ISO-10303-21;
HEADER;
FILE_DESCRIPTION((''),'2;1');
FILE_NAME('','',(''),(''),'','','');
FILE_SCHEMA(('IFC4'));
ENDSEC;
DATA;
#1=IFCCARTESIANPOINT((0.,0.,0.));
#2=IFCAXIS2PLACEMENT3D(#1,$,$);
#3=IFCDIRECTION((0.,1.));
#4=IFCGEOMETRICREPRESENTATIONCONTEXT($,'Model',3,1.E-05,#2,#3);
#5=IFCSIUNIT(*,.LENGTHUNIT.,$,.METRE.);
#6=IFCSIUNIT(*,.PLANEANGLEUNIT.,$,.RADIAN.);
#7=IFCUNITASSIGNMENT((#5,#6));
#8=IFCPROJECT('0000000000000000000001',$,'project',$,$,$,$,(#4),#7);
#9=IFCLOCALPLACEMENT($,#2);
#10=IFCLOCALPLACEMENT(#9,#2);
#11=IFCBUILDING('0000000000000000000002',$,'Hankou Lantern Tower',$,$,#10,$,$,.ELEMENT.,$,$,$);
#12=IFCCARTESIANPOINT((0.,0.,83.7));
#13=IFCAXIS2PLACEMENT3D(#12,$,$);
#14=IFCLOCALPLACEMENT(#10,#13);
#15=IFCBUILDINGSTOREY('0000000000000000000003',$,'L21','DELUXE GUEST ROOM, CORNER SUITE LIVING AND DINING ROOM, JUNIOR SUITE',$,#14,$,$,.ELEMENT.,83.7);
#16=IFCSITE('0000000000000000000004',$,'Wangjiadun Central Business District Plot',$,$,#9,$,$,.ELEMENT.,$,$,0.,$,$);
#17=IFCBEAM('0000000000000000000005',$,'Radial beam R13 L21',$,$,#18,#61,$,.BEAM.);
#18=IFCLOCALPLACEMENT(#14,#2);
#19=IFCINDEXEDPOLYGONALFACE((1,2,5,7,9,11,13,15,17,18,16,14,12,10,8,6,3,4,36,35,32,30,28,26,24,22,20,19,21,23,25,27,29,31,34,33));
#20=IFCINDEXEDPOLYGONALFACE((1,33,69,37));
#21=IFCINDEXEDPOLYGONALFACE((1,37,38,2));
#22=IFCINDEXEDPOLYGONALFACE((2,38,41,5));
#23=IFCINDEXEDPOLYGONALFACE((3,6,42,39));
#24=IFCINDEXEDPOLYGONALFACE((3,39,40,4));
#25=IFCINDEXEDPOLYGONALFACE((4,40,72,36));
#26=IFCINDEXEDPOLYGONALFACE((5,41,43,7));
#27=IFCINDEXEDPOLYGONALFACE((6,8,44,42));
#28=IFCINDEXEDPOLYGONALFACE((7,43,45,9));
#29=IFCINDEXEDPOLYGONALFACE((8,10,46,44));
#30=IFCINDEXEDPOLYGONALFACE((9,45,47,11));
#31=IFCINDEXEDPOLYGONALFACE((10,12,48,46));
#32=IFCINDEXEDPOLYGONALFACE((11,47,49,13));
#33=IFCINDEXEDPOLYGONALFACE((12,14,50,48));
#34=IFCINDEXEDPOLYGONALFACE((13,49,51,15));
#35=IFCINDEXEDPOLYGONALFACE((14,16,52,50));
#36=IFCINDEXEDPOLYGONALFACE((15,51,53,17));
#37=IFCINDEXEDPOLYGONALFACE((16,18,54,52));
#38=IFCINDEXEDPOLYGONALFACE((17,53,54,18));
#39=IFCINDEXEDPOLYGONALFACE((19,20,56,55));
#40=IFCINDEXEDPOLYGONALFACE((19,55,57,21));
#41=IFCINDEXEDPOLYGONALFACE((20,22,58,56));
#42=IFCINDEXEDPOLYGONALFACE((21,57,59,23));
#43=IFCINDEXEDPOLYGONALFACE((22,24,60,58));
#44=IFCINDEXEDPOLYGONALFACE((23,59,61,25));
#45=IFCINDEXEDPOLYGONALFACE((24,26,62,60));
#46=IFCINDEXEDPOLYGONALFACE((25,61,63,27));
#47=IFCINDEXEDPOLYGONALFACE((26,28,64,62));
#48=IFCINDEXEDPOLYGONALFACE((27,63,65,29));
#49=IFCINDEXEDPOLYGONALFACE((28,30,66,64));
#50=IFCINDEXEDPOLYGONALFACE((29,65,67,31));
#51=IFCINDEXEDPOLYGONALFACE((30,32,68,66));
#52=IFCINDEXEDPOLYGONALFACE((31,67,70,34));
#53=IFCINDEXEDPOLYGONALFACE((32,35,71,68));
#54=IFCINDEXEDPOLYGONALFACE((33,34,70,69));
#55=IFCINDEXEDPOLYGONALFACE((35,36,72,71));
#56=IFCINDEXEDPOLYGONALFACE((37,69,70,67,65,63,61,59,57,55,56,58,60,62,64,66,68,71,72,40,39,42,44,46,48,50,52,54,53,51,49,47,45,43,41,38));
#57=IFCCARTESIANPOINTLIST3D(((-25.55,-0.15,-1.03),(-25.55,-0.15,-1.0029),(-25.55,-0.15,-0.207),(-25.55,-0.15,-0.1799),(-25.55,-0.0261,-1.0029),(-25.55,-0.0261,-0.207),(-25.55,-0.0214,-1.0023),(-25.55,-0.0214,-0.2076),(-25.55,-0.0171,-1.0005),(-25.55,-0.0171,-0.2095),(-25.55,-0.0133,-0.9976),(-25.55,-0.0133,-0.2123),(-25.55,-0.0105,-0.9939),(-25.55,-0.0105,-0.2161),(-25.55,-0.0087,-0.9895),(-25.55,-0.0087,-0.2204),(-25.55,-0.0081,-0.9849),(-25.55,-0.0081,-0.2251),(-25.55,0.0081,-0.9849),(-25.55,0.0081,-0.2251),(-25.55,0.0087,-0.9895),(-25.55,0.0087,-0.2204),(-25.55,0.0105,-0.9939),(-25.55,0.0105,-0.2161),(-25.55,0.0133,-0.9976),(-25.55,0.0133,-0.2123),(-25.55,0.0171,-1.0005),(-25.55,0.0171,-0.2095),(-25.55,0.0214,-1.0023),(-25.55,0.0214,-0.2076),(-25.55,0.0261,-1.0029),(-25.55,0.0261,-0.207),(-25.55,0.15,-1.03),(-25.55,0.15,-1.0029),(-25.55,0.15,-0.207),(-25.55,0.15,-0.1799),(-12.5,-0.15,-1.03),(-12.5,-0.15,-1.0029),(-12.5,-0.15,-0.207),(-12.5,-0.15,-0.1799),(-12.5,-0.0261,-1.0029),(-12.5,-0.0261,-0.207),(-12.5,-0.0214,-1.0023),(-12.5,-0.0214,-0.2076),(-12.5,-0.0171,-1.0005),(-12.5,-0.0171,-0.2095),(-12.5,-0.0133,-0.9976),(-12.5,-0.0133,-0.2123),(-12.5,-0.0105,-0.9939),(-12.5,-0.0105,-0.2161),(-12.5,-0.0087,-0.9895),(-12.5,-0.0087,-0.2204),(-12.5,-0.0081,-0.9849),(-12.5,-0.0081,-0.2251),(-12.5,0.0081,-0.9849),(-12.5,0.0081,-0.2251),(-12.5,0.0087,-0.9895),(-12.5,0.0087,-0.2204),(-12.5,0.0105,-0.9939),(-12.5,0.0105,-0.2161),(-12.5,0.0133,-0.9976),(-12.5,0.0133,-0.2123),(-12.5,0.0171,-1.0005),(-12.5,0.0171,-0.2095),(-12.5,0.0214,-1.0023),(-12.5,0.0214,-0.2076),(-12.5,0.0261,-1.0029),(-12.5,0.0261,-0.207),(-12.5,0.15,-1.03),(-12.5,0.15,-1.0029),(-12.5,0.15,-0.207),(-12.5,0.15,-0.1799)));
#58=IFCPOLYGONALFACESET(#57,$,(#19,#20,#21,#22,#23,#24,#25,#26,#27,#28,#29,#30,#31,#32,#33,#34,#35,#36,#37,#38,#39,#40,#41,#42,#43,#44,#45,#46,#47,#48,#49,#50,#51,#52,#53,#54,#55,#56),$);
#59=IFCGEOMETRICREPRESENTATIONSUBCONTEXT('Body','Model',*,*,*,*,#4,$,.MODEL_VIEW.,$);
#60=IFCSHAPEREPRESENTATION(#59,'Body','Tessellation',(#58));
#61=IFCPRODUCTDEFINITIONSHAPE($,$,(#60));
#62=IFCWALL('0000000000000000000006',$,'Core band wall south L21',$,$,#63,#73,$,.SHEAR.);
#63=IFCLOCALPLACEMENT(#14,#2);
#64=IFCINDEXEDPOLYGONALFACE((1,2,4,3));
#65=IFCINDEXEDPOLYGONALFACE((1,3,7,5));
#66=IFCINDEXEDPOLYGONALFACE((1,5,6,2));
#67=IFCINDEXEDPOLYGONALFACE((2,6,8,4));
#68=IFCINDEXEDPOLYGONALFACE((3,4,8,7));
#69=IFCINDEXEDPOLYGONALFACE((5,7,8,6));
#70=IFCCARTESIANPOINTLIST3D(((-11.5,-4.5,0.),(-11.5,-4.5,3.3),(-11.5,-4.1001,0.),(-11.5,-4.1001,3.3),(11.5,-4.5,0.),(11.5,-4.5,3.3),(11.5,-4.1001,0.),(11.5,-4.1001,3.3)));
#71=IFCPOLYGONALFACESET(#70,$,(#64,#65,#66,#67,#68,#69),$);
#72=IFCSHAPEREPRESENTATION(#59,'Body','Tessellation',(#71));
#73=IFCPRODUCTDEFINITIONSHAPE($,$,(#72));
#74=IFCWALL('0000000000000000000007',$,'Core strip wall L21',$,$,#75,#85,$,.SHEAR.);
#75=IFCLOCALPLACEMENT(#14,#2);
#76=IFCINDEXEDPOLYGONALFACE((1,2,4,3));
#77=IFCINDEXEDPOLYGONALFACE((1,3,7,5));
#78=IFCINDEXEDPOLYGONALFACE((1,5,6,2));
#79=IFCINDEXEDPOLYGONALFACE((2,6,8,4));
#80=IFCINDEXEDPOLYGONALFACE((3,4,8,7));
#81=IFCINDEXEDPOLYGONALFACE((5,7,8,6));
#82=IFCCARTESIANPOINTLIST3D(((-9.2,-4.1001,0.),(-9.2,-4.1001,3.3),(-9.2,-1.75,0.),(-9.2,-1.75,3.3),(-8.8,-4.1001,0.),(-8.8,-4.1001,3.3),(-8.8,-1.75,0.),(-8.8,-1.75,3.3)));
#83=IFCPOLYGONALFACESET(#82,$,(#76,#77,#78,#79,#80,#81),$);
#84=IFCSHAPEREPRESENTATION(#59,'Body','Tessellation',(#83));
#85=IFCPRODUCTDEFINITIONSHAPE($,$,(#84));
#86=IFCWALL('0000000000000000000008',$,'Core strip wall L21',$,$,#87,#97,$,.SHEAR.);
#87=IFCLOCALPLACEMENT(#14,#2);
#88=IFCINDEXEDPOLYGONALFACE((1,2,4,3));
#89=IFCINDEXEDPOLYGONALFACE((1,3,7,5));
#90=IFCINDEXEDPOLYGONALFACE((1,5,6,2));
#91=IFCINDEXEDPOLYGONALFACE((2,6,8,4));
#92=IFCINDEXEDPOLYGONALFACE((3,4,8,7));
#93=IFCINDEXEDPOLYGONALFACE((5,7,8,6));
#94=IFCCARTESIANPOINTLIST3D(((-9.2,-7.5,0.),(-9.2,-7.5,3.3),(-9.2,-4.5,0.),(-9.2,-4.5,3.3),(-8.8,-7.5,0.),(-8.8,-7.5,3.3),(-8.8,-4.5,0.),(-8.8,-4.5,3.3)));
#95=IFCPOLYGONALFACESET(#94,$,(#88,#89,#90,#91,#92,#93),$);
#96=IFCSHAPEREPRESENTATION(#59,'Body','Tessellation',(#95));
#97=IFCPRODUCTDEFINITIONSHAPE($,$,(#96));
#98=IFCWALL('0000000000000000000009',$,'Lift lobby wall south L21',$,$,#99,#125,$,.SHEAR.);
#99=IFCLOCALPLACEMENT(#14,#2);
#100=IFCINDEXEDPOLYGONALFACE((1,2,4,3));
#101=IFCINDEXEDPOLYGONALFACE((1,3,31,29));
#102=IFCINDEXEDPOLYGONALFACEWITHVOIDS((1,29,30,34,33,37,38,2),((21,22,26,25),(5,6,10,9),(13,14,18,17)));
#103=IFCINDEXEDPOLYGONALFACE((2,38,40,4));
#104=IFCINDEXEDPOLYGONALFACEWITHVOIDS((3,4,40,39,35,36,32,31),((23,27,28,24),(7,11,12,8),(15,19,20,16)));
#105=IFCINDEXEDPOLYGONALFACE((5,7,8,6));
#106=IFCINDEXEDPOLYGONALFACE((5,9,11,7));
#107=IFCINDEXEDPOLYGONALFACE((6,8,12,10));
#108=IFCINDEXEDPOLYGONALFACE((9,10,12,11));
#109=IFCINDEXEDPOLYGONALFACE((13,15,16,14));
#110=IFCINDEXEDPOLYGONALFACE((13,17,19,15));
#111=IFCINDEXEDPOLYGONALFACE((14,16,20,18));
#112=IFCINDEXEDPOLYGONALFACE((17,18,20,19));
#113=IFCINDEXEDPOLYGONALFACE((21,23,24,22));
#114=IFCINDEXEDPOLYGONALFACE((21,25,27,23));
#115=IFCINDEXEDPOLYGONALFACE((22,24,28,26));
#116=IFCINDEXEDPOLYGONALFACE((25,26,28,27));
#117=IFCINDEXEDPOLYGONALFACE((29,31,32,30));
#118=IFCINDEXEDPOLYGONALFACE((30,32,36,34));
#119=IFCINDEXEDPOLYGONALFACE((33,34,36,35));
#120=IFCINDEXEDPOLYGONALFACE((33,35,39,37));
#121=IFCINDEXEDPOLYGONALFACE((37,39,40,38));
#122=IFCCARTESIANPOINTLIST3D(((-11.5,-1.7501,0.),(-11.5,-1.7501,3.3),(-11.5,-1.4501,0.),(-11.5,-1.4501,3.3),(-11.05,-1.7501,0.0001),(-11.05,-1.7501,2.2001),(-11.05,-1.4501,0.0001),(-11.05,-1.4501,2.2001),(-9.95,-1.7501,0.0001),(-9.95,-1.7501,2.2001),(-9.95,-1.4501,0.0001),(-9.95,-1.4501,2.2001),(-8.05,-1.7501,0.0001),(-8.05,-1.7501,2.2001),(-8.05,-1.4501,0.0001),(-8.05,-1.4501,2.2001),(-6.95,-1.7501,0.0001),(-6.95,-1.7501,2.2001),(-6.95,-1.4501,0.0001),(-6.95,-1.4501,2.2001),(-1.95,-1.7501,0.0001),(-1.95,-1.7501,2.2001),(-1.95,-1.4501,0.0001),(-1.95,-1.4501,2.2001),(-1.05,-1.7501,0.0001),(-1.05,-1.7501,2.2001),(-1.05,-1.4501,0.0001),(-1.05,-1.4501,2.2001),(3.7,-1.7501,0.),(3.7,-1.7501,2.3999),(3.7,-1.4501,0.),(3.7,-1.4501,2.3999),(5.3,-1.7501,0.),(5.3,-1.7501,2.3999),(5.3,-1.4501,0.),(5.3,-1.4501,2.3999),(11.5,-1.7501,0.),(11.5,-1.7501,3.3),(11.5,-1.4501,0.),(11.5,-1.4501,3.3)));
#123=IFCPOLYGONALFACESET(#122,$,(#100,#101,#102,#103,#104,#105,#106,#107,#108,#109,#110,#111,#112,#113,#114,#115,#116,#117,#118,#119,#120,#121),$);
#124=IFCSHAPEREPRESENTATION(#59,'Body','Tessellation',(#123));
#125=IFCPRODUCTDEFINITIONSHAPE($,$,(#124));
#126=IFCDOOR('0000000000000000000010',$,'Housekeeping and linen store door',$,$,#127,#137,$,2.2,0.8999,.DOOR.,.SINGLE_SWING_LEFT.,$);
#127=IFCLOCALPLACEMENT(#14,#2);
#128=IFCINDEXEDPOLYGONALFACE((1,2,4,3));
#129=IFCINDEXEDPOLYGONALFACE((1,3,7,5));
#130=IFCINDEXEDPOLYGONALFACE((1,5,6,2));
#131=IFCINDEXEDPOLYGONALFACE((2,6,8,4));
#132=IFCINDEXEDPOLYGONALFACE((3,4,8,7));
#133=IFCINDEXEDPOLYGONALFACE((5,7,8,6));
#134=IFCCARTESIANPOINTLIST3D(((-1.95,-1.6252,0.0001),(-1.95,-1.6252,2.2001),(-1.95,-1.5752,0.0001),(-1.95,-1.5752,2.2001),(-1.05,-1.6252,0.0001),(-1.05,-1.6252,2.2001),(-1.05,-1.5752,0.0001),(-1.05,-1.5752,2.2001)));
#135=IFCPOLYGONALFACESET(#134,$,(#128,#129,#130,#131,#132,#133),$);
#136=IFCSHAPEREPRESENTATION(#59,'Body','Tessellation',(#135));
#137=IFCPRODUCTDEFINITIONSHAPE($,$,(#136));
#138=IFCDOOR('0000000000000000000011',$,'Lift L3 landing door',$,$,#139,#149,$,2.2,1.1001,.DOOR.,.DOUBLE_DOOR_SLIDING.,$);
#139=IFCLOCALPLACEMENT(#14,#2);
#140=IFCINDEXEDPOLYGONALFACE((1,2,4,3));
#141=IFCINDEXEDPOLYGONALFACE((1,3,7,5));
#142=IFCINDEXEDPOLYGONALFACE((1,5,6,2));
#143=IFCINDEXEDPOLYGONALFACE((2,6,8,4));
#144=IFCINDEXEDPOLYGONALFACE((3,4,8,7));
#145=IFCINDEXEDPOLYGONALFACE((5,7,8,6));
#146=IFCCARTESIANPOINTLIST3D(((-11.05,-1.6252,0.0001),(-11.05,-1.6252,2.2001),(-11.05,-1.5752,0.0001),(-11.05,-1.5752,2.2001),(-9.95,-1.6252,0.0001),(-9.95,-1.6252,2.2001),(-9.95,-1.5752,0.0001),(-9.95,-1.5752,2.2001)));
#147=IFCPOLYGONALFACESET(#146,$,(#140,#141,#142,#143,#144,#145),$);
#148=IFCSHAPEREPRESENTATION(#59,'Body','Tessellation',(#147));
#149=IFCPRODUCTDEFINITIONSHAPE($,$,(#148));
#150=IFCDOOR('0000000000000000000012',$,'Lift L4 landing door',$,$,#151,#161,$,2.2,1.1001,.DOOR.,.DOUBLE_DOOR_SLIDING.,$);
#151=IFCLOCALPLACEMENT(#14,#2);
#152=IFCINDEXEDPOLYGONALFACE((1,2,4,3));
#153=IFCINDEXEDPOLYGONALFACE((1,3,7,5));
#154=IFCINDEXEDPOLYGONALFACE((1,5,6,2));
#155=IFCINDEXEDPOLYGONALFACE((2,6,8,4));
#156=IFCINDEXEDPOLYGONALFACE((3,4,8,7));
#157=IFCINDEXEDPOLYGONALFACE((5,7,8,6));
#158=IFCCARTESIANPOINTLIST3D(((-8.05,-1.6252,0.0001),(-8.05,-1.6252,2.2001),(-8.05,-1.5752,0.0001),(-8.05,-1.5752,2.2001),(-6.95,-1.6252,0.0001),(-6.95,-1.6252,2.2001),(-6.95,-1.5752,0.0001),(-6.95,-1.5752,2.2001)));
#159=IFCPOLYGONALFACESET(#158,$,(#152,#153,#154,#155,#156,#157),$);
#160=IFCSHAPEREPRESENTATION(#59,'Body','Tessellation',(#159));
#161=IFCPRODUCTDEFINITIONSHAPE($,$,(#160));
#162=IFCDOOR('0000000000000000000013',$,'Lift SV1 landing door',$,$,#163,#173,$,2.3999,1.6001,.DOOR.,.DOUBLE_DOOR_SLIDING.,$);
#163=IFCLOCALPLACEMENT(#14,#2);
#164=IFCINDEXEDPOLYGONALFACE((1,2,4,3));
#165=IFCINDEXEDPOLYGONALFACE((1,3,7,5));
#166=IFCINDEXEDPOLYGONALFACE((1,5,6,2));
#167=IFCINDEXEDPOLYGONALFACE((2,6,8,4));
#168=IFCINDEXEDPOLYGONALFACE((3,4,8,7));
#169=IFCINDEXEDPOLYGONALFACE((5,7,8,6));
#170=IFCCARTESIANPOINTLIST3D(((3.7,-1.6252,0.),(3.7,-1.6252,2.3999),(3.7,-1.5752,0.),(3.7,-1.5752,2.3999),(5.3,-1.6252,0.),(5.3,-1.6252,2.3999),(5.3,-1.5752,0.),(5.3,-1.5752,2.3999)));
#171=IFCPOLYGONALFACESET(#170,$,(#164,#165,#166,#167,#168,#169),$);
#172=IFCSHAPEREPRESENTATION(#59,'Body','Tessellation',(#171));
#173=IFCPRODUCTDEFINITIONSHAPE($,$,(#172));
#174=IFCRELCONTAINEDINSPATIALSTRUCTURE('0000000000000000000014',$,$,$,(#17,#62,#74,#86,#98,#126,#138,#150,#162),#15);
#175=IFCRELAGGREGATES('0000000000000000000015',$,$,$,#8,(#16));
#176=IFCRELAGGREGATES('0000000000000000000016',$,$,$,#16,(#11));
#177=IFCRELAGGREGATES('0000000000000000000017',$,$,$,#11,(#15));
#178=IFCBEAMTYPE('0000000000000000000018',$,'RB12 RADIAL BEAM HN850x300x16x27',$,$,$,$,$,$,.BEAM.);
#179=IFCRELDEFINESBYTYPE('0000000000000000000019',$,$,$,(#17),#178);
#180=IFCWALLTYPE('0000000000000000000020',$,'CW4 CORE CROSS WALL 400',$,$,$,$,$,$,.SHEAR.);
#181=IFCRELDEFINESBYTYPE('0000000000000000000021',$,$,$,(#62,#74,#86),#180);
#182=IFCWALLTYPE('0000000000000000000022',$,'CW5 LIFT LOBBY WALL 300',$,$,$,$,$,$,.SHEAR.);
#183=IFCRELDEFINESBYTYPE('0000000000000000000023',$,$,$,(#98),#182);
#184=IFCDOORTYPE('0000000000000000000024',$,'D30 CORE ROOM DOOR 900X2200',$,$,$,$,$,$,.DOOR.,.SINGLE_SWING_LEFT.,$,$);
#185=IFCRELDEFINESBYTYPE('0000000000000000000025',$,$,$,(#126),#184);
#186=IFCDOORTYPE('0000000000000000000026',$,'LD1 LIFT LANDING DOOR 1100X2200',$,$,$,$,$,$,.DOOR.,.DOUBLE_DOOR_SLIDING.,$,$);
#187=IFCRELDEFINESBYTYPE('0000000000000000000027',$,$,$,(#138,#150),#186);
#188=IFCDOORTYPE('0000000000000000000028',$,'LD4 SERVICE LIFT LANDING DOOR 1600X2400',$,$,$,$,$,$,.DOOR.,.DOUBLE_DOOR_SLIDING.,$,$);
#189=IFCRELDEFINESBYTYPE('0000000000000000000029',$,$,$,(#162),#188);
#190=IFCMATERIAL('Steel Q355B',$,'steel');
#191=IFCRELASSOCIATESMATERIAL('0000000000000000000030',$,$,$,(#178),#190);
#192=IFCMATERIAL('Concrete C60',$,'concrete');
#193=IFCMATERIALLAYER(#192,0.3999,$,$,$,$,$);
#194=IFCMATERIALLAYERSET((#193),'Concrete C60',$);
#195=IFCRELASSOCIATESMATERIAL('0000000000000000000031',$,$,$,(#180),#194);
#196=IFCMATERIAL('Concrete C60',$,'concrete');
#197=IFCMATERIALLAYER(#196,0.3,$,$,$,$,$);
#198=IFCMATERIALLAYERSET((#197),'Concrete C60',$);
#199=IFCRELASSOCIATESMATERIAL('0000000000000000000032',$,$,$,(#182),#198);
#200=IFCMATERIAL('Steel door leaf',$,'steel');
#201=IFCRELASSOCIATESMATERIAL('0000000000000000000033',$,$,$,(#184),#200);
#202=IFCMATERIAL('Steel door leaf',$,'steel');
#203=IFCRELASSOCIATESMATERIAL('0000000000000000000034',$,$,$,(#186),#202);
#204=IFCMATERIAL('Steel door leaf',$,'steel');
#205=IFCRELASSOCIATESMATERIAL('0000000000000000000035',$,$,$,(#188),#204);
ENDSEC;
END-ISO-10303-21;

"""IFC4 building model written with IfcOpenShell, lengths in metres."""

from ifc_helpers import new_model, si_unit, direction, frame, frame_2d, origin, origin_2d, place, context, subcontext, project, spatial, rectangle, i_section, extrude, material, layer, layer_set, material_profile, profile_set, type_object, element, fill, save


model = new_model("IFC4")

# Units and contexts
model_context = context("Model", 3, precision=1e-05, world=origin(), true_north=direction((0.0, 1.0)))
body_context = subcontext(model_context, "Body", "Model", "MODEL_VIEW")
ifc_project = project(units=[si_unit("LENGTHUNIT", "METRE"), si_unit("PLANEANGLEUNIT", "RADIAN")], contexts=[model_context])

# Site, building, storey
site_placement = place(None, origin())
site = spatial("IfcSite", under=ifc_project, at=site_placement, Name="Wangjiadun Central Business District Plot", CompositionType="ELEMENT", RefElevation=0.0)
building_placement = place(site_placement, origin())
building = spatial("IfcBuilding", under=site, at=building_placement, Name="Hankou Lantern Tower", CompositionType="ELEMENT")
storey_placement = place(building_placement, frame((0.0, 0.0, 83.7)))
storey = spatial("IfcBuildingStorey", under=building, at=storey_placement, Name="L21", Description="DELUXE GUEST ROOM, CORNER SUITE LIVING AND DINING ROOM, JUNIOR SUITE", CompositionType="ELEMENT", Elevation=83.7)

# Beam
ifc_material_1 = material(Name="Steel Q355B", Category="steel")
ifc_material_profile_1 = material_profile(ifc_material_1, i_section(OverallWidth=0.3, OverallDepth=0.8501, WebThickness=0.0161, FlangeThickness=0.0271, FilletRadius=0.0181, at=origin_2d()), Name="HN850x300x16x27")
ifc_profile_set_1 = profile_set([ifc_material_profile_1], Name="Steel Q355B")
beam_type_1 = type_object("IfcBeamType", Name="RB12 RADIAL BEAM HN850x300x16x27", PredefinedType="BEAM", material=ifc_profile_set_1)
beam_1_placement = place(storey_placement, frame((-12.5, 0.0, -0.605), z_axis=(-1.0, 0.0, 0.0), x_axis=(0.0, -1.0, 0.0)))
element("IfcBeam", 1, at=beam_1_placement, inside=storey, type_object=beam_type_1, Name="Radial beam R13 L21", PredefinedType="BEAM", context=body_context, shape_type="SweptSolid", body=[
    extrude(i_section(OverallWidth=0.3, OverallDepth=0.8501, WebThickness=0.0161, FlangeThickness=0.0271, FilletRadius=0.0181, at=origin_2d()), origin(), (0.0, 0.0, 1.0), 13.05),
])

# Walls
ifc_material_2 = material(Name="Concrete C60", Category="concrete")
ifc_layer_1 = layer(ifc_material_2, 0.3999)
ifc_layer_set_1 = layer_set([ifc_layer_1], Name="Concrete C60")
wall_type_1 = type_object("IfcWallType", Name="CW4 CORE CROSS WALL 400", PredefinedType="SHEAR", material=ifc_layer_set_1)
wall_1_placement = place(storey_placement, frame((-11.5, -4.3, 0.0), z_axis=(0.0, 0.0, 1.0), x_axis=(1.0, 0.0, 0.0)))
element("IfcWall", 2, at=wall_1_placement, inside=storey, type_object=wall_type_1, Name="Core band wall south L21", PredefinedType="SHEAR", context=body_context, shape_type="SweptSolid", body=[
    extrude(rectangle(XDim=23.0, YDim=0.3999, at=frame_2d((11.5, 0.0))), origin(), (0.0, 0.0, 1.0), 3.3),
])
wall_2_placement = place(storey_placement, frame((-9.0, -4.1001, 0.0), z_axis=(0.0, 0.0, 1.0), x_axis=(0.0, 1.0, 0.0)))
element("IfcWall", 3, at=wall_2_placement, inside=storey, type_object=wall_type_1, Name="Core strip wall L21", PredefinedType="SHEAR", context=body_context, shape_type="SweptSolid", body=[
    extrude(rectangle(XDim=2.3501, YDim=0.3999, at=frame_2d((1.175, 0.0))), origin(), (0.0, 0.0, 1.0), 3.3),
])
wall_3_placement = place(storey_placement, frame((-9.0, -7.5, 0.0), z_axis=(0.0, 0.0, 1.0), x_axis=(0.0, 1.0, 0.0)))
element("IfcWall", 4, at=wall_3_placement, inside=storey, type_object=wall_type_1, Name="Core strip wall L21", PredefinedType="SHEAR", context=body_context, shape_type="SweptSolid", body=[
    extrude(rectangle(XDim=3.0, YDim=0.3999, at=frame_2d((1.5, 0.0))), origin(), (0.0, 0.0, 1.0), 3.3),
])

# Wall, openings, doors
ifc_material_3 = material(Name="Concrete C60", Category="concrete")
ifc_layer_2 = layer(ifc_material_3, 0.3)
ifc_layer_set_2 = layer_set([ifc_layer_2], Name="Concrete C60")
wall_type_2 = type_object("IfcWallType", Name="CW5 LIFT LOBBY WALL 300", PredefinedType="SHEAR", material=ifc_layer_set_2)
wall_4_placement = place(storey_placement, frame((-11.5, -1.6001, 0.0), z_axis=(0.0, 0.0, 1.0), x_axis=(1.0, 0.0, 0.0)))
wall_4 = element("IfcWall", 5, at=wall_4_placement, inside=storey, type_object=wall_type_2, Name="Lift lobby wall south L21", PredefinedType="SHEAR", context=body_context, shape_type="SweptSolid", body=[
    extrude(rectangle(XDim=23.0, YDim=0.3, at=frame_2d((11.5, 0.0))), origin(), (0.0, 0.0, 1.0), 3.3),
])
opening_1_placement = place(wall_4_placement, frame((0.45, 0.0, 0.0)))
opening_1 = element("IfcOpeningElement", 6, at=opening_1_placement, cuts=wall_4, PredefinedType="OPENING", context=body_context, shape_type="SweptSolid", body=[
    extrude(rectangle(XDim=1.1001, YDim=2.2, at=frame_2d((0.55, 1.1001))), frame((0.0, 0.1599, 0.0), z_axis=(0.0, -1.0, 0.0), x_axis=(1.0, 0.0, 0.0)), (0.0, 0.0, 1.0), 0.3201),
])
opening_2_placement = place(wall_4_placement, frame((3.45, 0.0, 0.0)))
opening_2 = element("IfcOpeningElement", 7, at=opening_2_placement, cuts=wall_4, PredefinedType="OPENING", context=body_context, shape_type="SweptSolid", body=[
    extrude(rectangle(XDim=1.1001, YDim=2.2, at=frame_2d((0.55, 1.1001))), frame((0.0, 0.1599, 0.0), z_axis=(0.0, -1.0, 0.0), x_axis=(1.0, 0.0, 0.0)), (0.0, 0.0, 1.0), 0.3201),
])
opening_3_placement = place(wall_4_placement, frame((15.2, 0.0, 0.0)))
opening_3 = element("IfcOpeningElement", 8, at=opening_3_placement, cuts=wall_4, PredefinedType="OPENING", context=body_context, shape_type="SweptSolid", body=[
    extrude(rectangle(XDim=1.6001, YDim=2.3999, at=frame_2d((0.8, 1.2))), frame((0.0, 0.1599, 0.0), z_axis=(0.0, -1.0, 0.0), x_axis=(1.0, 0.0, 0.0)), (0.0, 0.0, 1.0), 0.3201),
])
opening_4_placement = place(wall_4_placement, frame((9.55, 0.0, 0.0)))
opening_4 = element("IfcOpeningElement", 9, at=opening_4_placement, cuts=wall_4, PredefinedType="OPENING", context=body_context, shape_type="SweptSolid", body=[
    extrude(rectangle(XDim=0.8999, YDim=2.2, at=frame_2d((0.45, 1.1001))), frame((0.0, 0.1599, 0.0), z_axis=(0.0, -1.0, 0.0), x_axis=(1.0, 0.0, 0.0)), (0.0, 0.0, 1.0), 0.3201),
])
ifc_material_4 = material(Name="Steel door leaf", Category="steel")
door_type_1 = type_object("IfcDoorType", Name="D30 CORE ROOM DOOR 900X2200", OperationType="SINGLE_SWING_LEFT", PredefinedType="DOOR", material=ifc_material_4)
door_1_placement = place(opening_4_placement, origin())
door_1 = element("IfcDoor", 10, at=door_1_placement, inside=storey, type_object=door_type_1, Name="Housekeeping and linen store door", OperationType="SINGLE_SWING_LEFT", OverallHeight=2.2, OverallWidth=0.8999, PredefinedType="DOOR", context=body_context, shape_type="SweptSolid", body=[
    extrude(rectangle(XDim=0.8999, YDim=2.2, at=frame_2d((0.45, 1.1001))), frame((0.0, 0.0249, 0.0), z_axis=(0.0, -1.0, 0.0), x_axis=(1.0, 0.0, 0.0)), (0.0, 0.0, 1.0), 0.05),
])
fill(opening_4, door_1)
ifc_material_5 = material(Name="Steel door leaf", Category="steel")
door_type_2 = type_object("IfcDoorType", Name="LD1 LIFT LANDING DOOR 1100X2200", OperationType="DOUBLE_DOOR_SLIDING", PredefinedType="DOOR", material=ifc_material_5)
door_2_placement = place(opening_1_placement, origin())
door_2 = element("IfcDoor", 11, at=door_2_placement, inside=storey, type_object=door_type_2, Name="Lift L3 landing door", OperationType="DOUBLE_DOOR_SLIDING", OverallHeight=2.2, OverallWidth=1.1001, PredefinedType="DOOR", context=body_context, shape_type="SweptSolid", body=[
    extrude(rectangle(XDim=1.1001, YDim=2.2, at=frame_2d((0.55, 1.1001))), frame((0.0, 0.0249, 0.0), z_axis=(0.0, -1.0, 0.0), x_axis=(1.0, 0.0, 0.0)), (0.0, 0.0, 1.0), 0.05),
])
fill(opening_1, door_2)
door_3_placement = place(opening_2_placement, origin())
door_3 = element("IfcDoor", 12, at=door_3_placement, inside=storey, type_object=door_type_2, Name="Lift L4 landing door", OperationType="DOUBLE_DOOR_SLIDING", OverallHeight=2.2, OverallWidth=1.1001, PredefinedType="DOOR", context=body_context, shape_type="SweptSolid", body=[
    extrude(rectangle(XDim=1.1001, YDim=2.2, at=frame_2d((0.55, 1.1001))), frame((0.0, 0.0249, 0.0), z_axis=(0.0, -1.0, 0.0), x_axis=(1.0, 0.0, 0.0)), (0.0, 0.0, 1.0), 0.05),
])
fill(opening_2, door_3)
ifc_material_6 = material(Name="Steel door leaf", Category="steel")
door_type_3 = type_object("IfcDoorType", Name="LD4 SERVICE LIFT LANDING DOOR 1600X2400", OperationType="DOUBLE_DOOR_SLIDING", PredefinedType="DOOR", material=ifc_material_6)
door_4_placement = place(opening_3_placement, origin())
door_4 = element("IfcDoor", 13, at=door_4_placement, inside=storey, type_object=door_type_3, Name="Lift SV1 landing door", OperationType="DOUBLE_DOOR_SLIDING", OverallHeight=2.3999, OverallWidth=1.6001, PredefinedType="DOOR", context=body_context, shape_type="SweptSolid", body=[
    extrude(rectangle(XDim=1.6001, YDim=2.3999, at=frame_2d((0.8, 1.2))), frame((0.0, 0.0249, 0.0), z_axis=(0.0, -1.0, 0.0), x_axis=(1.0, 0.0, 0.0)), (0.0, 0.0, 1.0), 0.05),
])
fill(opening_3, door_4)

save(model, "model.ifc")
